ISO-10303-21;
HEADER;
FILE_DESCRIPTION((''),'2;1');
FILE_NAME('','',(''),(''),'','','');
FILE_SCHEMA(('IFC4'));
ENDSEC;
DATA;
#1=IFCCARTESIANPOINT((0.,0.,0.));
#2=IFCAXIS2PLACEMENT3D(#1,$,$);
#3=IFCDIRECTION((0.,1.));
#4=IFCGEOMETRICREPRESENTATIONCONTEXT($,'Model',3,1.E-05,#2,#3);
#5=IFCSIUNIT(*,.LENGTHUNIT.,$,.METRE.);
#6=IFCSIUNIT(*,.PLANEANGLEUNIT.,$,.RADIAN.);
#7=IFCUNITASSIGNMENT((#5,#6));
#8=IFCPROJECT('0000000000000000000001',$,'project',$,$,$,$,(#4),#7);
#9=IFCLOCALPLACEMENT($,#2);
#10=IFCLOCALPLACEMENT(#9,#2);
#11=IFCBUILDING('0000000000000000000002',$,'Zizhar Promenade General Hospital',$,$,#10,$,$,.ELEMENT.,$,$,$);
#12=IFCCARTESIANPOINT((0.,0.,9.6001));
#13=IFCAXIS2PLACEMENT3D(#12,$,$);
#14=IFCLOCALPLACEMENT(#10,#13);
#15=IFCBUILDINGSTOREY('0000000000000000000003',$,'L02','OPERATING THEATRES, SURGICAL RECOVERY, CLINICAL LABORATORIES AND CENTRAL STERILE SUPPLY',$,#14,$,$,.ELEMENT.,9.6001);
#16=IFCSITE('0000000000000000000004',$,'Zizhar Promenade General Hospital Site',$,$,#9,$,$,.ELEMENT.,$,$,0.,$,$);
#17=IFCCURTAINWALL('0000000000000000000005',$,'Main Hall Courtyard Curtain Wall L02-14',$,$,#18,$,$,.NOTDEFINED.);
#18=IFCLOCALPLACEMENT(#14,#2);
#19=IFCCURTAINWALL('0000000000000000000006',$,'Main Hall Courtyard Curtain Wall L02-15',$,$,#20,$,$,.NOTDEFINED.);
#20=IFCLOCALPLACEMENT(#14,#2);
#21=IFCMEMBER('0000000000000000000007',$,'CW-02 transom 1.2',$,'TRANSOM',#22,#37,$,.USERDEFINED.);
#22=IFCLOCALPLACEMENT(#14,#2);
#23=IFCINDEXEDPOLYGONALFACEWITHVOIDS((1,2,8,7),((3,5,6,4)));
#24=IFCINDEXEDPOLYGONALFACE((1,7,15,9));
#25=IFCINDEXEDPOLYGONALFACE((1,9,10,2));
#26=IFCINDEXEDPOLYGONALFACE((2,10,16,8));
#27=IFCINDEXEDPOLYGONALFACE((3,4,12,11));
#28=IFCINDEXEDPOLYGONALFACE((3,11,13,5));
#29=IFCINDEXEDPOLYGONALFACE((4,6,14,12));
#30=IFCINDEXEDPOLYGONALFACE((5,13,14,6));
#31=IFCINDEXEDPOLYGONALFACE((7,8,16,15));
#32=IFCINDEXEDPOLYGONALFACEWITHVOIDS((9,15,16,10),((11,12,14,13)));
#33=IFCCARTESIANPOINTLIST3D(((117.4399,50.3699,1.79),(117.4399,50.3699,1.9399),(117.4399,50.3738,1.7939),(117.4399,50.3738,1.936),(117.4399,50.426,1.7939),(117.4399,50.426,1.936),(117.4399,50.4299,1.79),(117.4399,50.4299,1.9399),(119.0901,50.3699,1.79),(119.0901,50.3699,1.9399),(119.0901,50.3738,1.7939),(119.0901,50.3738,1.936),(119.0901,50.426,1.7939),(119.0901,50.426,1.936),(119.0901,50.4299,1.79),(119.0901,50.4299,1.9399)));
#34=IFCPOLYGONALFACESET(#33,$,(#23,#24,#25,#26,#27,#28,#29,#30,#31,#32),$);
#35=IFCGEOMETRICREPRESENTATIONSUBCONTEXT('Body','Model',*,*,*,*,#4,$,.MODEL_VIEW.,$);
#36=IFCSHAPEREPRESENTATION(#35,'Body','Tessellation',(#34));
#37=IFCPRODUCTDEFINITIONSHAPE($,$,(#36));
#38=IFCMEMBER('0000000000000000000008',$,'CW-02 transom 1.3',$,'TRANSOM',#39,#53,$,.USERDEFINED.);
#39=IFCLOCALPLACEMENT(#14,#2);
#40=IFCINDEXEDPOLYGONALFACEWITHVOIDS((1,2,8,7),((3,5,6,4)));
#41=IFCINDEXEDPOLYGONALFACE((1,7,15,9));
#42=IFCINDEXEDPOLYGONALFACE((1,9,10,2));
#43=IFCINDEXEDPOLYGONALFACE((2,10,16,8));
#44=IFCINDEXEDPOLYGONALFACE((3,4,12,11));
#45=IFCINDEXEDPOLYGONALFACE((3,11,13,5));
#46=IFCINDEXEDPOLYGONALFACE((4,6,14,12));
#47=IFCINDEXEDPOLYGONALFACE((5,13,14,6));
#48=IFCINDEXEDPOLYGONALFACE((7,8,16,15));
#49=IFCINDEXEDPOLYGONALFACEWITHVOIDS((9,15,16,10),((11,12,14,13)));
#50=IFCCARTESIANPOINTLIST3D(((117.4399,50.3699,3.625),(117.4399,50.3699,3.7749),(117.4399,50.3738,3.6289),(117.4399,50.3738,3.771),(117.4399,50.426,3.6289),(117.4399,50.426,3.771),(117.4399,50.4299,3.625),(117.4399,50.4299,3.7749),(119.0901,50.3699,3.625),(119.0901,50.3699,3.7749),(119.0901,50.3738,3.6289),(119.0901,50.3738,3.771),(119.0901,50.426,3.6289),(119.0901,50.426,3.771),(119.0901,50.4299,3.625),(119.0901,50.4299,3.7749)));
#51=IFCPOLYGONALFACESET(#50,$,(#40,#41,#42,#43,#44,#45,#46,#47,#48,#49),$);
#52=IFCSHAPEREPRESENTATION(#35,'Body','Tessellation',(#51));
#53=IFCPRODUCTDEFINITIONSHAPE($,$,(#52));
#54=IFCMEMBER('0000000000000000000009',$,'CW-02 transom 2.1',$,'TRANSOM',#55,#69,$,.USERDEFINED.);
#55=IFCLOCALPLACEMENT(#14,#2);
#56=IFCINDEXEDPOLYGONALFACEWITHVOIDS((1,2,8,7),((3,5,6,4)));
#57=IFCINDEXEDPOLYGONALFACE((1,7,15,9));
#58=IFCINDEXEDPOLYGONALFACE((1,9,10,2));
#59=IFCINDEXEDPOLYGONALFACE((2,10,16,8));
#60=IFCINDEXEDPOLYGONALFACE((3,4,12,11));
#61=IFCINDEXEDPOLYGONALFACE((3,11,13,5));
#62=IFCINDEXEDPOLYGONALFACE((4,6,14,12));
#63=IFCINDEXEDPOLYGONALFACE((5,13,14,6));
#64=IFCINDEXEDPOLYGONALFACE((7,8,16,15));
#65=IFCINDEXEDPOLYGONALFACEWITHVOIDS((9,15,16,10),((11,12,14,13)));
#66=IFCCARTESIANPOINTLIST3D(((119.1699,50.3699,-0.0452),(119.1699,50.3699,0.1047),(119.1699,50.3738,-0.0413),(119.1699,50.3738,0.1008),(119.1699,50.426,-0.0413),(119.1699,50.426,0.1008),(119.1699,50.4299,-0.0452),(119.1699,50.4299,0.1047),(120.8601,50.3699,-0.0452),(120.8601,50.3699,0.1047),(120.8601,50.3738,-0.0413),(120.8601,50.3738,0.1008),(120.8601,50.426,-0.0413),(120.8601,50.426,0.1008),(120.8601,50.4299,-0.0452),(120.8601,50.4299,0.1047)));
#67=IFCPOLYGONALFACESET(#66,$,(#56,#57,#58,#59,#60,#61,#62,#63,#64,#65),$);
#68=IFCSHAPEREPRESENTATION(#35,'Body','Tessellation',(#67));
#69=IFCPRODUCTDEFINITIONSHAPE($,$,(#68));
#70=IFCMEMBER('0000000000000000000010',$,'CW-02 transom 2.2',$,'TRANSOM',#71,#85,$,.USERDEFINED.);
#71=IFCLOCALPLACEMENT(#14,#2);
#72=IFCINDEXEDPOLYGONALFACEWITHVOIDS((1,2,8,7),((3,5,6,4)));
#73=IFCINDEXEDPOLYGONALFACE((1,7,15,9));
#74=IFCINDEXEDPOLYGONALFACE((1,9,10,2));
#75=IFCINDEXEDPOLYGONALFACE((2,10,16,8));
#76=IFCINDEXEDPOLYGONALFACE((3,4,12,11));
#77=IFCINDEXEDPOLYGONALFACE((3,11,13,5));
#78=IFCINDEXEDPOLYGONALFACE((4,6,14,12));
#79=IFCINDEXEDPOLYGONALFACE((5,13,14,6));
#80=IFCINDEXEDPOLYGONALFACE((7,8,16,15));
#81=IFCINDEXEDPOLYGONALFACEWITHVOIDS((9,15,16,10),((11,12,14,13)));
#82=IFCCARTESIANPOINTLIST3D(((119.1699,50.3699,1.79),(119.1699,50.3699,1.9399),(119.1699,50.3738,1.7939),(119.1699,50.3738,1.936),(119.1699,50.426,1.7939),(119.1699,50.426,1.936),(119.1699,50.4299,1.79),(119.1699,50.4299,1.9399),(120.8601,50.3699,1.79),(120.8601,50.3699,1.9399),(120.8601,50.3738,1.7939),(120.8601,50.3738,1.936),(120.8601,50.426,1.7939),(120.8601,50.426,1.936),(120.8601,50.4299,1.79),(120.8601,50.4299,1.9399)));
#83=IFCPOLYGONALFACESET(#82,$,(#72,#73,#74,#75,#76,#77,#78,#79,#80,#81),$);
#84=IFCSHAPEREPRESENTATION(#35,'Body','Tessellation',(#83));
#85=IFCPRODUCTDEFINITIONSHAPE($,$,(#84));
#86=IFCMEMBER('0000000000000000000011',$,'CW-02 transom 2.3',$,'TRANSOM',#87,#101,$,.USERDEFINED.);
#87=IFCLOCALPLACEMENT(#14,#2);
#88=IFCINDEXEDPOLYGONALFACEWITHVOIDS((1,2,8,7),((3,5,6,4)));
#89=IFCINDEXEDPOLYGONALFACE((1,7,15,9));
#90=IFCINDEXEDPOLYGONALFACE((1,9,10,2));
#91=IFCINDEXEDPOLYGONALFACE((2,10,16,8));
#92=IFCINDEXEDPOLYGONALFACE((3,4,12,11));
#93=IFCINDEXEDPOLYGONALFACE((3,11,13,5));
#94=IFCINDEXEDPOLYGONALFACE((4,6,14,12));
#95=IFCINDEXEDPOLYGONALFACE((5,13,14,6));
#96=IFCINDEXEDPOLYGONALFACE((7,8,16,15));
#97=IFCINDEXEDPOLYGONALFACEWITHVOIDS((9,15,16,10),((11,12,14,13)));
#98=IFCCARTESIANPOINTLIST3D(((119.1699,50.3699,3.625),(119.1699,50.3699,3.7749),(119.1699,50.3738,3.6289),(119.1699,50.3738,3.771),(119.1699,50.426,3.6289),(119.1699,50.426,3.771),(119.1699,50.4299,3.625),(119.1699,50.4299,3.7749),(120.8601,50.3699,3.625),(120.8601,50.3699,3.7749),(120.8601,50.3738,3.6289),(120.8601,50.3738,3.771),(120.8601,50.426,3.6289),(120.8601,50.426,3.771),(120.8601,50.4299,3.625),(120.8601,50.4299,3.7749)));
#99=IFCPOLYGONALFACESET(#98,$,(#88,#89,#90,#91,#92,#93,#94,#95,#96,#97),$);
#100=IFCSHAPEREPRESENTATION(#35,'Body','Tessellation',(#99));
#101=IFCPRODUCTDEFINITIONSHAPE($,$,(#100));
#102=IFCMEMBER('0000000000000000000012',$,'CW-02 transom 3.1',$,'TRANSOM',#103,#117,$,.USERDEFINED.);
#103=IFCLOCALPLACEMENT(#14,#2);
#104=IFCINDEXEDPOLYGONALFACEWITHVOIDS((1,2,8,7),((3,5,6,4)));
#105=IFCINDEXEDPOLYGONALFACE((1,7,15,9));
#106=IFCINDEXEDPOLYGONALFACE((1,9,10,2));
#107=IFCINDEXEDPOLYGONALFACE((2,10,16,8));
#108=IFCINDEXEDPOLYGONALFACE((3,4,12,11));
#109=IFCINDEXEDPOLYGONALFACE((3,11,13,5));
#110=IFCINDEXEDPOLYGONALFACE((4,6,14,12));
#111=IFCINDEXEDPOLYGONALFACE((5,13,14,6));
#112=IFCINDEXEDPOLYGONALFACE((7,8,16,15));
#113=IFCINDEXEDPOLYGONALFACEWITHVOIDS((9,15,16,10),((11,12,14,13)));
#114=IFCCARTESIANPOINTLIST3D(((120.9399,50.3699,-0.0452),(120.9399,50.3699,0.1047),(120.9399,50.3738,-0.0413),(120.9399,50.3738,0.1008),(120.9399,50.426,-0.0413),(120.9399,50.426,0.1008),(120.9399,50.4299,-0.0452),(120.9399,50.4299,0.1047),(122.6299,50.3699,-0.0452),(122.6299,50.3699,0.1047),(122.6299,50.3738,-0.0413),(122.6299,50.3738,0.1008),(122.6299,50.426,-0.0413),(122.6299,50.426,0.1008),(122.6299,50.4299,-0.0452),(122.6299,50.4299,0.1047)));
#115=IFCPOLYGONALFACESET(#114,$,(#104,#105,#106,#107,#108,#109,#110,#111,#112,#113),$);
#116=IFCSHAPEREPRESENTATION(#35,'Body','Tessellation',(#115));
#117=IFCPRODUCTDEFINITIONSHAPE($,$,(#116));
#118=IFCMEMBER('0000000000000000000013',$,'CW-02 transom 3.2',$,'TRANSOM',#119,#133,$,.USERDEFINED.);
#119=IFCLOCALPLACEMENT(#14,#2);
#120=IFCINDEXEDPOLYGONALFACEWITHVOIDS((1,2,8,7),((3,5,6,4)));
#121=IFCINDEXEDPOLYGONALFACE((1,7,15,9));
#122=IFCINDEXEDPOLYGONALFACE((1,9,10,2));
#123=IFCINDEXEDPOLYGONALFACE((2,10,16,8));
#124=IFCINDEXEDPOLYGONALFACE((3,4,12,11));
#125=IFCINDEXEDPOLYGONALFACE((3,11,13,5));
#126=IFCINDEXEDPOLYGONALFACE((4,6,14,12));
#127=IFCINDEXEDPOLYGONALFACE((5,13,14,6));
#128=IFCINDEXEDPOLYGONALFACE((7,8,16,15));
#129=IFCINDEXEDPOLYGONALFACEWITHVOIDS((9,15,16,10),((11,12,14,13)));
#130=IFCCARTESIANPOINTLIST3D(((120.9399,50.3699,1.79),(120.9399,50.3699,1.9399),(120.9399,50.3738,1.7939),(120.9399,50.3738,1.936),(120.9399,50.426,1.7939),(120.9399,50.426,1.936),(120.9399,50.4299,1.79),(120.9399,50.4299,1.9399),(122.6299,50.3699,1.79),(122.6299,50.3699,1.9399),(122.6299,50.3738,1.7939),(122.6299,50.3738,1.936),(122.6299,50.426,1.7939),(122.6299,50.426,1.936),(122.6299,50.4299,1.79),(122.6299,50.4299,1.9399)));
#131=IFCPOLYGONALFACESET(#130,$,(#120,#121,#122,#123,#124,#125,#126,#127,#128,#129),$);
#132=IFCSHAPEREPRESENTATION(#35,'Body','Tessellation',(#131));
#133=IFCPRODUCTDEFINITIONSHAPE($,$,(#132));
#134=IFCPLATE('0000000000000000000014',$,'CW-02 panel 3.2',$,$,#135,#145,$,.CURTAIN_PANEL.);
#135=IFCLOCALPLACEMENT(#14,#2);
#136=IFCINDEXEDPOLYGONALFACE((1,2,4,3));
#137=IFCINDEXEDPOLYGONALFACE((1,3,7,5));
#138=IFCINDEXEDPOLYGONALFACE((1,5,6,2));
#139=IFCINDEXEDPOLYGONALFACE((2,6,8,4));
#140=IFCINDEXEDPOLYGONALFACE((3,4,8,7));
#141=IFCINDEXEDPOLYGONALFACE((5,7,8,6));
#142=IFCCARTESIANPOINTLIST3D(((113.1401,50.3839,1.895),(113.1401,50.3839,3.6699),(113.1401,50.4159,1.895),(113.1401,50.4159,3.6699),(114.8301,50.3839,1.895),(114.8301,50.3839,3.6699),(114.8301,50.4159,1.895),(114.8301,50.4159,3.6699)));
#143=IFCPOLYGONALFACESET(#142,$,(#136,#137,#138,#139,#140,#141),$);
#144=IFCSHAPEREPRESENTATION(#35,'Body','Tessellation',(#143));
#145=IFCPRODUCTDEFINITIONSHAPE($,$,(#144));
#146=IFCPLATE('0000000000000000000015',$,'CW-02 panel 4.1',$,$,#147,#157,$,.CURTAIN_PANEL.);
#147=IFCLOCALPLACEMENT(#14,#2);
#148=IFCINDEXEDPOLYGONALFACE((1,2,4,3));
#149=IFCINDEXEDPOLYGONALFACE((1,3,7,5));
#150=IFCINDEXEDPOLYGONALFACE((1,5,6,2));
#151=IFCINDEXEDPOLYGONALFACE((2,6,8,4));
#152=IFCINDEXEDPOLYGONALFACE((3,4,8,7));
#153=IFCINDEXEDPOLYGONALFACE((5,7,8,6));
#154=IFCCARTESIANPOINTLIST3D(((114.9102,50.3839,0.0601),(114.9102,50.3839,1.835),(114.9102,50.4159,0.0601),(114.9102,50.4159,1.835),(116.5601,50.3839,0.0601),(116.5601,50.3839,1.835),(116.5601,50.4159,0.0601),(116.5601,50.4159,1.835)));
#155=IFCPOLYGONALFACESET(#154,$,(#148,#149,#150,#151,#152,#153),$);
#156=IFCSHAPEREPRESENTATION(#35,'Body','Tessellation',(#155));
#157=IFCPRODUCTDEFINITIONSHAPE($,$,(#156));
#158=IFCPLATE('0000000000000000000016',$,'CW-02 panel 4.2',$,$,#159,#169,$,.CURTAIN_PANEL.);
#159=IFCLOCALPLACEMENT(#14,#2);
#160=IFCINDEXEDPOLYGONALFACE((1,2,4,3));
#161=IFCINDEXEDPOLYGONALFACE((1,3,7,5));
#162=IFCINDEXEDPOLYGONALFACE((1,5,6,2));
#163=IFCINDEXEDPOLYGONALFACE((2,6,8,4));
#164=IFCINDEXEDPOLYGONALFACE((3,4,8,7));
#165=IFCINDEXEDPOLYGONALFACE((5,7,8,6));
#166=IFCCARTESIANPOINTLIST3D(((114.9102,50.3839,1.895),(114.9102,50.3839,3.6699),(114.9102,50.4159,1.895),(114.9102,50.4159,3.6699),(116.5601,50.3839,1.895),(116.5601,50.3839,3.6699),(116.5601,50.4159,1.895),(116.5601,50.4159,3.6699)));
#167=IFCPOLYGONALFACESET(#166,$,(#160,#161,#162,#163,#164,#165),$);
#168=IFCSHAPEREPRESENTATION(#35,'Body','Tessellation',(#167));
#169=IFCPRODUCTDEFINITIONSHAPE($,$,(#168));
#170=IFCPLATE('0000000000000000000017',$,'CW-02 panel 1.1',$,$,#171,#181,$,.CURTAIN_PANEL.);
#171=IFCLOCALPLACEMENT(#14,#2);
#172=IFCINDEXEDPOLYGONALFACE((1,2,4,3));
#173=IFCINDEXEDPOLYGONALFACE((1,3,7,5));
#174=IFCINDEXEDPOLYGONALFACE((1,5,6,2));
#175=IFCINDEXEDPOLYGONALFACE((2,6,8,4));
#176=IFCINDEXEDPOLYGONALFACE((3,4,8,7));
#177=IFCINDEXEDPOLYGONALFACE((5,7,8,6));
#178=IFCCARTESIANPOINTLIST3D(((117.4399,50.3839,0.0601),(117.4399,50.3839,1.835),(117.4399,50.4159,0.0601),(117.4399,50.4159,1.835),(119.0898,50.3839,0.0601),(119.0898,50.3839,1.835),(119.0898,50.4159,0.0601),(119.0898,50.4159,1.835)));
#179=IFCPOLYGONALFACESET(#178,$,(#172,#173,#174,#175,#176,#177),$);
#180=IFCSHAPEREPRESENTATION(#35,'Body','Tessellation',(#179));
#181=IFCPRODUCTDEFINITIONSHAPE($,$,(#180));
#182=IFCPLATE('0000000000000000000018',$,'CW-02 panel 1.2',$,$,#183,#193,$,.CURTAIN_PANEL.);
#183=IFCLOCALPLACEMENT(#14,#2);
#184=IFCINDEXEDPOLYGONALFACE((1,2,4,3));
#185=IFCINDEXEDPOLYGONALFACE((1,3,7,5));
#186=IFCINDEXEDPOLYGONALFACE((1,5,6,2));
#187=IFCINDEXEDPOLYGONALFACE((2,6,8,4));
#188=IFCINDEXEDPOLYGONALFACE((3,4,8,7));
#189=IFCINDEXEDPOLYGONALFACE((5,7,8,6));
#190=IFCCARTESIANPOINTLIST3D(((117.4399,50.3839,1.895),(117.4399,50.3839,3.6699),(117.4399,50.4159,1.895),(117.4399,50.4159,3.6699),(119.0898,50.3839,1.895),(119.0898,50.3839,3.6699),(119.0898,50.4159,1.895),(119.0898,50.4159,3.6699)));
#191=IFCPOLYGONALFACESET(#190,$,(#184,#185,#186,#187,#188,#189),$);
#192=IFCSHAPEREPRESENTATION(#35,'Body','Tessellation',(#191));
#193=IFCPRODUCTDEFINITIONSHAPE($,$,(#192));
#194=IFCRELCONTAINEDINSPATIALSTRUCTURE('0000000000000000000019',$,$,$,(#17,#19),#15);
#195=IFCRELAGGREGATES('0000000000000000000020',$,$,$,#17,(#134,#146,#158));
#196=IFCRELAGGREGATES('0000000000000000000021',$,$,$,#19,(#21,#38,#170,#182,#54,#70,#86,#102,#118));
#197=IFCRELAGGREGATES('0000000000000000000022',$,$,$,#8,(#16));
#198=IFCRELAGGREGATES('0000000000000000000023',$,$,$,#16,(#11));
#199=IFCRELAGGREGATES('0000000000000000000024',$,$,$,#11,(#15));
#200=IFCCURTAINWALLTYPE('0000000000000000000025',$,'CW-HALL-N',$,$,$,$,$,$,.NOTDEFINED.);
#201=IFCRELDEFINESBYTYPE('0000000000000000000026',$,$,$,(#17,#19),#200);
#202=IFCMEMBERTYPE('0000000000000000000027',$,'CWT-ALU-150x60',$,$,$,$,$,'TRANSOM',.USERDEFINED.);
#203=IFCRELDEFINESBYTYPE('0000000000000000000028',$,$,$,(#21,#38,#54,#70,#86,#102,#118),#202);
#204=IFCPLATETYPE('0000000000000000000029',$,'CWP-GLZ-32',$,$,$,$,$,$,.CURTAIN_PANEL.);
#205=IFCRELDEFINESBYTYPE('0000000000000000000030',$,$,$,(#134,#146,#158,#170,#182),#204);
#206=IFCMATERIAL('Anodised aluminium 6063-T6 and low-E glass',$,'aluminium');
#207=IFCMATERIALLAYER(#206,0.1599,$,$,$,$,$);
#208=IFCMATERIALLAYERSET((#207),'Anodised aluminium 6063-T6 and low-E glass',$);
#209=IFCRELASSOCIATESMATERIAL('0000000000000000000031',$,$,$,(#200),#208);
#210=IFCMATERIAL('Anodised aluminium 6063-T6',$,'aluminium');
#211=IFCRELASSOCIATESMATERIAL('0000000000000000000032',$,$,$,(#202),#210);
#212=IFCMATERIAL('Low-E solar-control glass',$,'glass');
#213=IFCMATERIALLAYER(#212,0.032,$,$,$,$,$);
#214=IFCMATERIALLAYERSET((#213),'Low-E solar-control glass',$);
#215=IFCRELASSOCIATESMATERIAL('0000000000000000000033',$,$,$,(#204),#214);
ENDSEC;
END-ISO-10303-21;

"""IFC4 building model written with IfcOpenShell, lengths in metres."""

from ifc_helpers import new_model, si_unit, direction, frame, origin, origin_2d, place, context, subcontext, project, spatial, rectangle, hollow_rectangle, extrude, material, layer, layer_set, material_profile, profile_set, type_object, element, aggregate, save


model = new_model("IFC4")

# Units and contexts
model_context = context("Model", 3, precision=1e-05, world=origin(), true_north=direction((0.0, 1.0)))
body_context = subcontext(model_context, "Body", "Model", "MODEL_VIEW")
ifc_project = project(units=[si_unit("LENGTHUNIT", "METRE"), si_unit("PLANEANGLEUNIT", "RADIAN")], contexts=[model_context])

# Site, building, storey
site_placement = place(None, origin())
site = spatial("IfcSite", under=ifc_project, at=site_placement, Name="Zizhar Promenade General Hospital Site", CompositionType="ELEMENT", RefElevation=0.0)
building_placement = place(site_placement, origin())
building = spatial("IfcBuilding", under=site, at=building_placement, Name="Zizhar Promenade General Hospital", CompositionType="ELEMENT")
storey_placement = place(building_placement, frame((0.0, 0.0, 9.6001)))
storey = spatial("IfcBuildingStorey", under=building, at=storey_placement, Name="L02", Description="OPERATING THEATRES, SURGICAL RECOVERY, CLINICAL LABORATORIES AND CENTRAL STERILE SUPPLY", CompositionType="ELEMENT", Elevation=9.6001)

# Curtain walls
ifc_material_1 = material(Name="Anodised aluminium 6063-T6 and low-E glass", Category="aluminium")
ifc_layer_1 = layer(ifc_material_1, 0.1599)
ifc_layer_set_1 = layer_set([ifc_layer_1], Name="Anodised aluminium 6063-T6 and low-E glass")
curtain_wall_type = type_object("IfcCurtainWallType", Name="CW-HALL-N", PredefinedType="NOTDEFINED", material=ifc_layer_set_1)
curtain_wall_1_placement = place(storey_placement, origin())
curtain_wall_1 = element("IfcCurtainWall", 1, at=curtain_wall_1_placement, inside=storey, type_object=curtain_wall_type, Name="Main Hall Courtyard Curtain Wall L02-14", PredefinedType="NOTDEFINED")
curtain_wall_2_placement = place(storey_placement, origin())
curtain_wall_2 = element("IfcCurtainWall", 2, at=curtain_wall_2_placement, inside=storey, type_object=curtain_wall_type, Name="Main Hall Courtyard Curtain Wall L02-15", PredefinedType="NOTDEFINED")

# Members
ifc_material_2 = material(Name="Anodised aluminium 6063-T6", Category="aluminium")
ifc_material_profile_1 = material_profile(ifc_material_2, hollow_rectangle(XDim=0.0601, YDim=0.1499, WallThickness=0.0039, at=origin_2d()))
ifc_profile_set_1 = profile_set([ifc_material_profile_1], Name="Anodised aluminium 6063-T6")
member_type_1 = type_object("IfcMemberType", Name="CWT-ALU-150x60", ElementType="TRANSOM", PredefinedType="USERDEFINED", material=ifc_profile_set_1)
member_1_placement = place(storey_placement, frame((117.4399, 50.3999, 1.865), z_axis=(1.0, 0.0, 0.0), x_axis=(0.0, 1.0, 0.0)))
member_1 = element("IfcMember", 3, at=member_1_placement, type_object=member_type_1, Name="CW-02 transom 1.2", ObjectType="TRANSOM", PredefinedType="USERDEFINED", context=body_context, shape_type="SweptSolid", body=[
    extrude(hollow_rectangle(XDim=0.0601, YDim=0.1499, WallThickness=0.0039, at=origin_2d()), origin(), (0.0, 0.0, 1.0), 1.6501),
])
member_2_placement = place(storey_placement, frame((117.4399, 50.3999, 3.7), z_axis=(1.0, 0.0, 0.0), x_axis=(0.0, 1.0, 0.0)))
member_2 = element("IfcMember", 4, at=member_2_placement, type_object=member_type_1, Name="CW-02 transom 1.3", ObjectType="TRANSOM", PredefinedType="USERDEFINED", context=body_context, shape_type="SweptSolid", body=[
    extrude(hollow_rectangle(XDim=0.0601, YDim=0.1499, WallThickness=0.0039, at=origin_2d()), origin(), (0.0, 0.0, 1.0), 1.6501),
])
member_3_placement = place(storey_placement, frame((119.1699, 50.3999, 0.0298), z_axis=(1.0, 0.0, 0.0), x_axis=(0.0, 1.0, 0.0)))
member_3 = element("IfcMember", 5, at=member_3_placement, type_object=member_type_1, Name="CW-02 transom 2.1", ObjectType="TRANSOM", PredefinedType="USERDEFINED", context=body_context, shape_type="SweptSolid", body=[
    extrude(hollow_rectangle(XDim=0.0601, YDim=0.1499, WallThickness=0.0039, at=origin_2d()), origin(), (0.0, 0.0, 1.0), 1.6902),
])
member_4_placement = place(storey_placement, frame((119.1699, 50.3999, 1.865), z_axis=(1.0, 0.0, 0.0), x_axis=(0.0, 1.0, 0.0)))
member_4 = element("IfcMember", 6, at=member_4_placement, type_object=member_type_1, Name="CW-02 transom 2.2", ObjectType="TRANSOM", PredefinedType="USERDEFINED", context=body_context, shape_type="SweptSolid", body=[
    extrude(hollow_rectangle(XDim=0.0601, YDim=0.1499, WallThickness=0.0039, at=origin_2d()), origin(), (0.0, 0.0, 1.0), 1.6902),
])
member_5_placement = place(storey_placement, frame((119.1699, 50.3999, 3.7), z_axis=(1.0, 0.0, 0.0), x_axis=(0.0, 1.0, 0.0)))
member_5 = element("IfcMember", 7, at=member_5_placement, type_object=member_type_1, Name="CW-02 transom 2.3", ObjectType="TRANSOM", PredefinedType="USERDEFINED", context=body_context, shape_type="SweptSolid", body=[
    extrude(hollow_rectangle(XDim=0.0601, YDim=0.1499, WallThickness=0.0039, at=origin_2d()), origin(), (0.0, 0.0, 1.0), 1.6902),
])
member_6_placement = place(storey_placement, frame((120.9399, 50.3999, 0.0298), z_axis=(1.0, 0.0, 0.0), x_axis=(0.0, 1.0, 0.0)))
member_6 = element("IfcMember", 8, at=member_6_placement, type_object=member_type_1, Name="CW-02 transom 3.1", ObjectType="TRANSOM", PredefinedType="USERDEFINED", context=body_context, shape_type="SweptSolid", body=[
    extrude(hollow_rectangle(XDim=0.0601, YDim=0.1499, WallThickness=0.0039, at=origin_2d()), origin(), (0.0, 0.0, 1.0), 1.6899),
])
member_7_placement = place(storey_placement, frame((120.9399, 50.3999, 1.865), z_axis=(1.0, 0.0, 0.0), x_axis=(0.0, 1.0, 0.0)))
member_7 = element("IfcMember", 9, at=member_7_placement, type_object=member_type_1, Name="CW-02 transom 3.2", ObjectType="TRANSOM", PredefinedType="USERDEFINED", context=body_context, shape_type="SweptSolid", body=[
    extrude(hollow_rectangle(XDim=0.0601, YDim=0.1499, WallThickness=0.0039, at=origin_2d()), origin(), (0.0, 0.0, 1.0), 1.6899),
])

# Plates
ifc_material_3 = material(Name="Low-E solar-control glass", Category="glass")
ifc_layer_2 = layer(ifc_material_3, 0.032)
ifc_layer_set_2 = layer_set([ifc_layer_2], Name="Low-E solar-control glass")
plate_type = type_object("IfcPlateType", Name="CWP-GLZ-32", PredefinedType="CURTAIN_PANEL", material=ifc_layer_set_2)
plate_1_placement = place(storey_placement, frame((113.9851, 50.3999, 1.895), z_axis=(0.0, 0.0, 1.0), x_axis=(1.0, 0.0, 0.0)))
plate_1 = element("IfcPlate", 10, at=plate_1_placement, type_object=plate_type, Name="CW-02 panel 3.2", PredefinedType="CURTAIN_PANEL", context=body_context, shape_type="SweptSolid", body=[
    extrude(rectangle(XDim=1.6899, YDim=0.032, at=origin_2d()), origin(), (0.0, 0.0, 1.0), 1.7749),
])
plate_2_placement = place(storey_placement, frame((115.7351, 50.3999, 0.0601), z_axis=(0.0, 0.0, 1.0), x_axis=(1.0, 0.0, 0.0)))
plate_2 = element("IfcPlate", 11, at=plate_2_placement, type_object=plate_type, Name="CW-02 panel 4.1", PredefinedType="CURTAIN_PANEL", context=body_context, shape_type="SweptSolid", body=[
    extrude(rectangle(XDim=1.6499, YDim=0.032, at=origin_2d()), origin(), (0.0, 0.0, 1.0), 1.7749),
])
plate_3_placement = place(storey_placement, frame((115.7351, 50.3999, 1.895), z_axis=(0.0, 0.0, 1.0), x_axis=(1.0, 0.0, 0.0)))
plate_3 = element("IfcPlate", 12, at=plate_3_placement, type_object=plate_type, Name="CW-02 panel 4.2", PredefinedType="CURTAIN_PANEL", context=body_context, shape_type="SweptSolid", body=[
    extrude(rectangle(XDim=1.6499, YDim=0.032, at=origin_2d()), origin(), (0.0, 0.0, 1.0), 1.7749),
])
aggregate(curtain_wall_1, [plate_1, plate_2, plate_3])
plate_4_placement = place(storey_placement, frame((118.2649, 50.3999, 0.0601), z_axis=(0.0, 0.0, 1.0), x_axis=(1.0, 0.0, 0.0)))
plate_4 = element("IfcPlate", 13, at=plate_4_placement, type_object=plate_type, Name="CW-02 panel 1.1", PredefinedType="CURTAIN_PANEL", context=body_context, shape_type="SweptSolid", body=[
    extrude(rectangle(XDim=1.6499, YDim=0.032, at=origin_2d()), origin(), (0.0, 0.0, 1.0), 1.7749),
])
plate_5_placement = place(storey_placement, frame((118.2649, 50.3999, 1.895), z_axis=(0.0, 0.0, 1.0), x_axis=(1.0, 0.0, 0.0)))
plate_5 = element("IfcPlate", 14, at=plate_5_placement, type_object=plate_type, Name="CW-02 panel 1.2", PredefinedType="CURTAIN_PANEL", context=body_context, shape_type="SweptSolid", body=[
    extrude(rectangle(XDim=1.6499, YDim=0.032, at=origin_2d()), origin(), (0.0, 0.0, 1.0), 1.7749),
])
aggregate(curtain_wall_2, [member_1, member_2, plate_4, plate_5, member_3, member_4, member_5, member_6, member_7])

save(model, "model.ifc")
